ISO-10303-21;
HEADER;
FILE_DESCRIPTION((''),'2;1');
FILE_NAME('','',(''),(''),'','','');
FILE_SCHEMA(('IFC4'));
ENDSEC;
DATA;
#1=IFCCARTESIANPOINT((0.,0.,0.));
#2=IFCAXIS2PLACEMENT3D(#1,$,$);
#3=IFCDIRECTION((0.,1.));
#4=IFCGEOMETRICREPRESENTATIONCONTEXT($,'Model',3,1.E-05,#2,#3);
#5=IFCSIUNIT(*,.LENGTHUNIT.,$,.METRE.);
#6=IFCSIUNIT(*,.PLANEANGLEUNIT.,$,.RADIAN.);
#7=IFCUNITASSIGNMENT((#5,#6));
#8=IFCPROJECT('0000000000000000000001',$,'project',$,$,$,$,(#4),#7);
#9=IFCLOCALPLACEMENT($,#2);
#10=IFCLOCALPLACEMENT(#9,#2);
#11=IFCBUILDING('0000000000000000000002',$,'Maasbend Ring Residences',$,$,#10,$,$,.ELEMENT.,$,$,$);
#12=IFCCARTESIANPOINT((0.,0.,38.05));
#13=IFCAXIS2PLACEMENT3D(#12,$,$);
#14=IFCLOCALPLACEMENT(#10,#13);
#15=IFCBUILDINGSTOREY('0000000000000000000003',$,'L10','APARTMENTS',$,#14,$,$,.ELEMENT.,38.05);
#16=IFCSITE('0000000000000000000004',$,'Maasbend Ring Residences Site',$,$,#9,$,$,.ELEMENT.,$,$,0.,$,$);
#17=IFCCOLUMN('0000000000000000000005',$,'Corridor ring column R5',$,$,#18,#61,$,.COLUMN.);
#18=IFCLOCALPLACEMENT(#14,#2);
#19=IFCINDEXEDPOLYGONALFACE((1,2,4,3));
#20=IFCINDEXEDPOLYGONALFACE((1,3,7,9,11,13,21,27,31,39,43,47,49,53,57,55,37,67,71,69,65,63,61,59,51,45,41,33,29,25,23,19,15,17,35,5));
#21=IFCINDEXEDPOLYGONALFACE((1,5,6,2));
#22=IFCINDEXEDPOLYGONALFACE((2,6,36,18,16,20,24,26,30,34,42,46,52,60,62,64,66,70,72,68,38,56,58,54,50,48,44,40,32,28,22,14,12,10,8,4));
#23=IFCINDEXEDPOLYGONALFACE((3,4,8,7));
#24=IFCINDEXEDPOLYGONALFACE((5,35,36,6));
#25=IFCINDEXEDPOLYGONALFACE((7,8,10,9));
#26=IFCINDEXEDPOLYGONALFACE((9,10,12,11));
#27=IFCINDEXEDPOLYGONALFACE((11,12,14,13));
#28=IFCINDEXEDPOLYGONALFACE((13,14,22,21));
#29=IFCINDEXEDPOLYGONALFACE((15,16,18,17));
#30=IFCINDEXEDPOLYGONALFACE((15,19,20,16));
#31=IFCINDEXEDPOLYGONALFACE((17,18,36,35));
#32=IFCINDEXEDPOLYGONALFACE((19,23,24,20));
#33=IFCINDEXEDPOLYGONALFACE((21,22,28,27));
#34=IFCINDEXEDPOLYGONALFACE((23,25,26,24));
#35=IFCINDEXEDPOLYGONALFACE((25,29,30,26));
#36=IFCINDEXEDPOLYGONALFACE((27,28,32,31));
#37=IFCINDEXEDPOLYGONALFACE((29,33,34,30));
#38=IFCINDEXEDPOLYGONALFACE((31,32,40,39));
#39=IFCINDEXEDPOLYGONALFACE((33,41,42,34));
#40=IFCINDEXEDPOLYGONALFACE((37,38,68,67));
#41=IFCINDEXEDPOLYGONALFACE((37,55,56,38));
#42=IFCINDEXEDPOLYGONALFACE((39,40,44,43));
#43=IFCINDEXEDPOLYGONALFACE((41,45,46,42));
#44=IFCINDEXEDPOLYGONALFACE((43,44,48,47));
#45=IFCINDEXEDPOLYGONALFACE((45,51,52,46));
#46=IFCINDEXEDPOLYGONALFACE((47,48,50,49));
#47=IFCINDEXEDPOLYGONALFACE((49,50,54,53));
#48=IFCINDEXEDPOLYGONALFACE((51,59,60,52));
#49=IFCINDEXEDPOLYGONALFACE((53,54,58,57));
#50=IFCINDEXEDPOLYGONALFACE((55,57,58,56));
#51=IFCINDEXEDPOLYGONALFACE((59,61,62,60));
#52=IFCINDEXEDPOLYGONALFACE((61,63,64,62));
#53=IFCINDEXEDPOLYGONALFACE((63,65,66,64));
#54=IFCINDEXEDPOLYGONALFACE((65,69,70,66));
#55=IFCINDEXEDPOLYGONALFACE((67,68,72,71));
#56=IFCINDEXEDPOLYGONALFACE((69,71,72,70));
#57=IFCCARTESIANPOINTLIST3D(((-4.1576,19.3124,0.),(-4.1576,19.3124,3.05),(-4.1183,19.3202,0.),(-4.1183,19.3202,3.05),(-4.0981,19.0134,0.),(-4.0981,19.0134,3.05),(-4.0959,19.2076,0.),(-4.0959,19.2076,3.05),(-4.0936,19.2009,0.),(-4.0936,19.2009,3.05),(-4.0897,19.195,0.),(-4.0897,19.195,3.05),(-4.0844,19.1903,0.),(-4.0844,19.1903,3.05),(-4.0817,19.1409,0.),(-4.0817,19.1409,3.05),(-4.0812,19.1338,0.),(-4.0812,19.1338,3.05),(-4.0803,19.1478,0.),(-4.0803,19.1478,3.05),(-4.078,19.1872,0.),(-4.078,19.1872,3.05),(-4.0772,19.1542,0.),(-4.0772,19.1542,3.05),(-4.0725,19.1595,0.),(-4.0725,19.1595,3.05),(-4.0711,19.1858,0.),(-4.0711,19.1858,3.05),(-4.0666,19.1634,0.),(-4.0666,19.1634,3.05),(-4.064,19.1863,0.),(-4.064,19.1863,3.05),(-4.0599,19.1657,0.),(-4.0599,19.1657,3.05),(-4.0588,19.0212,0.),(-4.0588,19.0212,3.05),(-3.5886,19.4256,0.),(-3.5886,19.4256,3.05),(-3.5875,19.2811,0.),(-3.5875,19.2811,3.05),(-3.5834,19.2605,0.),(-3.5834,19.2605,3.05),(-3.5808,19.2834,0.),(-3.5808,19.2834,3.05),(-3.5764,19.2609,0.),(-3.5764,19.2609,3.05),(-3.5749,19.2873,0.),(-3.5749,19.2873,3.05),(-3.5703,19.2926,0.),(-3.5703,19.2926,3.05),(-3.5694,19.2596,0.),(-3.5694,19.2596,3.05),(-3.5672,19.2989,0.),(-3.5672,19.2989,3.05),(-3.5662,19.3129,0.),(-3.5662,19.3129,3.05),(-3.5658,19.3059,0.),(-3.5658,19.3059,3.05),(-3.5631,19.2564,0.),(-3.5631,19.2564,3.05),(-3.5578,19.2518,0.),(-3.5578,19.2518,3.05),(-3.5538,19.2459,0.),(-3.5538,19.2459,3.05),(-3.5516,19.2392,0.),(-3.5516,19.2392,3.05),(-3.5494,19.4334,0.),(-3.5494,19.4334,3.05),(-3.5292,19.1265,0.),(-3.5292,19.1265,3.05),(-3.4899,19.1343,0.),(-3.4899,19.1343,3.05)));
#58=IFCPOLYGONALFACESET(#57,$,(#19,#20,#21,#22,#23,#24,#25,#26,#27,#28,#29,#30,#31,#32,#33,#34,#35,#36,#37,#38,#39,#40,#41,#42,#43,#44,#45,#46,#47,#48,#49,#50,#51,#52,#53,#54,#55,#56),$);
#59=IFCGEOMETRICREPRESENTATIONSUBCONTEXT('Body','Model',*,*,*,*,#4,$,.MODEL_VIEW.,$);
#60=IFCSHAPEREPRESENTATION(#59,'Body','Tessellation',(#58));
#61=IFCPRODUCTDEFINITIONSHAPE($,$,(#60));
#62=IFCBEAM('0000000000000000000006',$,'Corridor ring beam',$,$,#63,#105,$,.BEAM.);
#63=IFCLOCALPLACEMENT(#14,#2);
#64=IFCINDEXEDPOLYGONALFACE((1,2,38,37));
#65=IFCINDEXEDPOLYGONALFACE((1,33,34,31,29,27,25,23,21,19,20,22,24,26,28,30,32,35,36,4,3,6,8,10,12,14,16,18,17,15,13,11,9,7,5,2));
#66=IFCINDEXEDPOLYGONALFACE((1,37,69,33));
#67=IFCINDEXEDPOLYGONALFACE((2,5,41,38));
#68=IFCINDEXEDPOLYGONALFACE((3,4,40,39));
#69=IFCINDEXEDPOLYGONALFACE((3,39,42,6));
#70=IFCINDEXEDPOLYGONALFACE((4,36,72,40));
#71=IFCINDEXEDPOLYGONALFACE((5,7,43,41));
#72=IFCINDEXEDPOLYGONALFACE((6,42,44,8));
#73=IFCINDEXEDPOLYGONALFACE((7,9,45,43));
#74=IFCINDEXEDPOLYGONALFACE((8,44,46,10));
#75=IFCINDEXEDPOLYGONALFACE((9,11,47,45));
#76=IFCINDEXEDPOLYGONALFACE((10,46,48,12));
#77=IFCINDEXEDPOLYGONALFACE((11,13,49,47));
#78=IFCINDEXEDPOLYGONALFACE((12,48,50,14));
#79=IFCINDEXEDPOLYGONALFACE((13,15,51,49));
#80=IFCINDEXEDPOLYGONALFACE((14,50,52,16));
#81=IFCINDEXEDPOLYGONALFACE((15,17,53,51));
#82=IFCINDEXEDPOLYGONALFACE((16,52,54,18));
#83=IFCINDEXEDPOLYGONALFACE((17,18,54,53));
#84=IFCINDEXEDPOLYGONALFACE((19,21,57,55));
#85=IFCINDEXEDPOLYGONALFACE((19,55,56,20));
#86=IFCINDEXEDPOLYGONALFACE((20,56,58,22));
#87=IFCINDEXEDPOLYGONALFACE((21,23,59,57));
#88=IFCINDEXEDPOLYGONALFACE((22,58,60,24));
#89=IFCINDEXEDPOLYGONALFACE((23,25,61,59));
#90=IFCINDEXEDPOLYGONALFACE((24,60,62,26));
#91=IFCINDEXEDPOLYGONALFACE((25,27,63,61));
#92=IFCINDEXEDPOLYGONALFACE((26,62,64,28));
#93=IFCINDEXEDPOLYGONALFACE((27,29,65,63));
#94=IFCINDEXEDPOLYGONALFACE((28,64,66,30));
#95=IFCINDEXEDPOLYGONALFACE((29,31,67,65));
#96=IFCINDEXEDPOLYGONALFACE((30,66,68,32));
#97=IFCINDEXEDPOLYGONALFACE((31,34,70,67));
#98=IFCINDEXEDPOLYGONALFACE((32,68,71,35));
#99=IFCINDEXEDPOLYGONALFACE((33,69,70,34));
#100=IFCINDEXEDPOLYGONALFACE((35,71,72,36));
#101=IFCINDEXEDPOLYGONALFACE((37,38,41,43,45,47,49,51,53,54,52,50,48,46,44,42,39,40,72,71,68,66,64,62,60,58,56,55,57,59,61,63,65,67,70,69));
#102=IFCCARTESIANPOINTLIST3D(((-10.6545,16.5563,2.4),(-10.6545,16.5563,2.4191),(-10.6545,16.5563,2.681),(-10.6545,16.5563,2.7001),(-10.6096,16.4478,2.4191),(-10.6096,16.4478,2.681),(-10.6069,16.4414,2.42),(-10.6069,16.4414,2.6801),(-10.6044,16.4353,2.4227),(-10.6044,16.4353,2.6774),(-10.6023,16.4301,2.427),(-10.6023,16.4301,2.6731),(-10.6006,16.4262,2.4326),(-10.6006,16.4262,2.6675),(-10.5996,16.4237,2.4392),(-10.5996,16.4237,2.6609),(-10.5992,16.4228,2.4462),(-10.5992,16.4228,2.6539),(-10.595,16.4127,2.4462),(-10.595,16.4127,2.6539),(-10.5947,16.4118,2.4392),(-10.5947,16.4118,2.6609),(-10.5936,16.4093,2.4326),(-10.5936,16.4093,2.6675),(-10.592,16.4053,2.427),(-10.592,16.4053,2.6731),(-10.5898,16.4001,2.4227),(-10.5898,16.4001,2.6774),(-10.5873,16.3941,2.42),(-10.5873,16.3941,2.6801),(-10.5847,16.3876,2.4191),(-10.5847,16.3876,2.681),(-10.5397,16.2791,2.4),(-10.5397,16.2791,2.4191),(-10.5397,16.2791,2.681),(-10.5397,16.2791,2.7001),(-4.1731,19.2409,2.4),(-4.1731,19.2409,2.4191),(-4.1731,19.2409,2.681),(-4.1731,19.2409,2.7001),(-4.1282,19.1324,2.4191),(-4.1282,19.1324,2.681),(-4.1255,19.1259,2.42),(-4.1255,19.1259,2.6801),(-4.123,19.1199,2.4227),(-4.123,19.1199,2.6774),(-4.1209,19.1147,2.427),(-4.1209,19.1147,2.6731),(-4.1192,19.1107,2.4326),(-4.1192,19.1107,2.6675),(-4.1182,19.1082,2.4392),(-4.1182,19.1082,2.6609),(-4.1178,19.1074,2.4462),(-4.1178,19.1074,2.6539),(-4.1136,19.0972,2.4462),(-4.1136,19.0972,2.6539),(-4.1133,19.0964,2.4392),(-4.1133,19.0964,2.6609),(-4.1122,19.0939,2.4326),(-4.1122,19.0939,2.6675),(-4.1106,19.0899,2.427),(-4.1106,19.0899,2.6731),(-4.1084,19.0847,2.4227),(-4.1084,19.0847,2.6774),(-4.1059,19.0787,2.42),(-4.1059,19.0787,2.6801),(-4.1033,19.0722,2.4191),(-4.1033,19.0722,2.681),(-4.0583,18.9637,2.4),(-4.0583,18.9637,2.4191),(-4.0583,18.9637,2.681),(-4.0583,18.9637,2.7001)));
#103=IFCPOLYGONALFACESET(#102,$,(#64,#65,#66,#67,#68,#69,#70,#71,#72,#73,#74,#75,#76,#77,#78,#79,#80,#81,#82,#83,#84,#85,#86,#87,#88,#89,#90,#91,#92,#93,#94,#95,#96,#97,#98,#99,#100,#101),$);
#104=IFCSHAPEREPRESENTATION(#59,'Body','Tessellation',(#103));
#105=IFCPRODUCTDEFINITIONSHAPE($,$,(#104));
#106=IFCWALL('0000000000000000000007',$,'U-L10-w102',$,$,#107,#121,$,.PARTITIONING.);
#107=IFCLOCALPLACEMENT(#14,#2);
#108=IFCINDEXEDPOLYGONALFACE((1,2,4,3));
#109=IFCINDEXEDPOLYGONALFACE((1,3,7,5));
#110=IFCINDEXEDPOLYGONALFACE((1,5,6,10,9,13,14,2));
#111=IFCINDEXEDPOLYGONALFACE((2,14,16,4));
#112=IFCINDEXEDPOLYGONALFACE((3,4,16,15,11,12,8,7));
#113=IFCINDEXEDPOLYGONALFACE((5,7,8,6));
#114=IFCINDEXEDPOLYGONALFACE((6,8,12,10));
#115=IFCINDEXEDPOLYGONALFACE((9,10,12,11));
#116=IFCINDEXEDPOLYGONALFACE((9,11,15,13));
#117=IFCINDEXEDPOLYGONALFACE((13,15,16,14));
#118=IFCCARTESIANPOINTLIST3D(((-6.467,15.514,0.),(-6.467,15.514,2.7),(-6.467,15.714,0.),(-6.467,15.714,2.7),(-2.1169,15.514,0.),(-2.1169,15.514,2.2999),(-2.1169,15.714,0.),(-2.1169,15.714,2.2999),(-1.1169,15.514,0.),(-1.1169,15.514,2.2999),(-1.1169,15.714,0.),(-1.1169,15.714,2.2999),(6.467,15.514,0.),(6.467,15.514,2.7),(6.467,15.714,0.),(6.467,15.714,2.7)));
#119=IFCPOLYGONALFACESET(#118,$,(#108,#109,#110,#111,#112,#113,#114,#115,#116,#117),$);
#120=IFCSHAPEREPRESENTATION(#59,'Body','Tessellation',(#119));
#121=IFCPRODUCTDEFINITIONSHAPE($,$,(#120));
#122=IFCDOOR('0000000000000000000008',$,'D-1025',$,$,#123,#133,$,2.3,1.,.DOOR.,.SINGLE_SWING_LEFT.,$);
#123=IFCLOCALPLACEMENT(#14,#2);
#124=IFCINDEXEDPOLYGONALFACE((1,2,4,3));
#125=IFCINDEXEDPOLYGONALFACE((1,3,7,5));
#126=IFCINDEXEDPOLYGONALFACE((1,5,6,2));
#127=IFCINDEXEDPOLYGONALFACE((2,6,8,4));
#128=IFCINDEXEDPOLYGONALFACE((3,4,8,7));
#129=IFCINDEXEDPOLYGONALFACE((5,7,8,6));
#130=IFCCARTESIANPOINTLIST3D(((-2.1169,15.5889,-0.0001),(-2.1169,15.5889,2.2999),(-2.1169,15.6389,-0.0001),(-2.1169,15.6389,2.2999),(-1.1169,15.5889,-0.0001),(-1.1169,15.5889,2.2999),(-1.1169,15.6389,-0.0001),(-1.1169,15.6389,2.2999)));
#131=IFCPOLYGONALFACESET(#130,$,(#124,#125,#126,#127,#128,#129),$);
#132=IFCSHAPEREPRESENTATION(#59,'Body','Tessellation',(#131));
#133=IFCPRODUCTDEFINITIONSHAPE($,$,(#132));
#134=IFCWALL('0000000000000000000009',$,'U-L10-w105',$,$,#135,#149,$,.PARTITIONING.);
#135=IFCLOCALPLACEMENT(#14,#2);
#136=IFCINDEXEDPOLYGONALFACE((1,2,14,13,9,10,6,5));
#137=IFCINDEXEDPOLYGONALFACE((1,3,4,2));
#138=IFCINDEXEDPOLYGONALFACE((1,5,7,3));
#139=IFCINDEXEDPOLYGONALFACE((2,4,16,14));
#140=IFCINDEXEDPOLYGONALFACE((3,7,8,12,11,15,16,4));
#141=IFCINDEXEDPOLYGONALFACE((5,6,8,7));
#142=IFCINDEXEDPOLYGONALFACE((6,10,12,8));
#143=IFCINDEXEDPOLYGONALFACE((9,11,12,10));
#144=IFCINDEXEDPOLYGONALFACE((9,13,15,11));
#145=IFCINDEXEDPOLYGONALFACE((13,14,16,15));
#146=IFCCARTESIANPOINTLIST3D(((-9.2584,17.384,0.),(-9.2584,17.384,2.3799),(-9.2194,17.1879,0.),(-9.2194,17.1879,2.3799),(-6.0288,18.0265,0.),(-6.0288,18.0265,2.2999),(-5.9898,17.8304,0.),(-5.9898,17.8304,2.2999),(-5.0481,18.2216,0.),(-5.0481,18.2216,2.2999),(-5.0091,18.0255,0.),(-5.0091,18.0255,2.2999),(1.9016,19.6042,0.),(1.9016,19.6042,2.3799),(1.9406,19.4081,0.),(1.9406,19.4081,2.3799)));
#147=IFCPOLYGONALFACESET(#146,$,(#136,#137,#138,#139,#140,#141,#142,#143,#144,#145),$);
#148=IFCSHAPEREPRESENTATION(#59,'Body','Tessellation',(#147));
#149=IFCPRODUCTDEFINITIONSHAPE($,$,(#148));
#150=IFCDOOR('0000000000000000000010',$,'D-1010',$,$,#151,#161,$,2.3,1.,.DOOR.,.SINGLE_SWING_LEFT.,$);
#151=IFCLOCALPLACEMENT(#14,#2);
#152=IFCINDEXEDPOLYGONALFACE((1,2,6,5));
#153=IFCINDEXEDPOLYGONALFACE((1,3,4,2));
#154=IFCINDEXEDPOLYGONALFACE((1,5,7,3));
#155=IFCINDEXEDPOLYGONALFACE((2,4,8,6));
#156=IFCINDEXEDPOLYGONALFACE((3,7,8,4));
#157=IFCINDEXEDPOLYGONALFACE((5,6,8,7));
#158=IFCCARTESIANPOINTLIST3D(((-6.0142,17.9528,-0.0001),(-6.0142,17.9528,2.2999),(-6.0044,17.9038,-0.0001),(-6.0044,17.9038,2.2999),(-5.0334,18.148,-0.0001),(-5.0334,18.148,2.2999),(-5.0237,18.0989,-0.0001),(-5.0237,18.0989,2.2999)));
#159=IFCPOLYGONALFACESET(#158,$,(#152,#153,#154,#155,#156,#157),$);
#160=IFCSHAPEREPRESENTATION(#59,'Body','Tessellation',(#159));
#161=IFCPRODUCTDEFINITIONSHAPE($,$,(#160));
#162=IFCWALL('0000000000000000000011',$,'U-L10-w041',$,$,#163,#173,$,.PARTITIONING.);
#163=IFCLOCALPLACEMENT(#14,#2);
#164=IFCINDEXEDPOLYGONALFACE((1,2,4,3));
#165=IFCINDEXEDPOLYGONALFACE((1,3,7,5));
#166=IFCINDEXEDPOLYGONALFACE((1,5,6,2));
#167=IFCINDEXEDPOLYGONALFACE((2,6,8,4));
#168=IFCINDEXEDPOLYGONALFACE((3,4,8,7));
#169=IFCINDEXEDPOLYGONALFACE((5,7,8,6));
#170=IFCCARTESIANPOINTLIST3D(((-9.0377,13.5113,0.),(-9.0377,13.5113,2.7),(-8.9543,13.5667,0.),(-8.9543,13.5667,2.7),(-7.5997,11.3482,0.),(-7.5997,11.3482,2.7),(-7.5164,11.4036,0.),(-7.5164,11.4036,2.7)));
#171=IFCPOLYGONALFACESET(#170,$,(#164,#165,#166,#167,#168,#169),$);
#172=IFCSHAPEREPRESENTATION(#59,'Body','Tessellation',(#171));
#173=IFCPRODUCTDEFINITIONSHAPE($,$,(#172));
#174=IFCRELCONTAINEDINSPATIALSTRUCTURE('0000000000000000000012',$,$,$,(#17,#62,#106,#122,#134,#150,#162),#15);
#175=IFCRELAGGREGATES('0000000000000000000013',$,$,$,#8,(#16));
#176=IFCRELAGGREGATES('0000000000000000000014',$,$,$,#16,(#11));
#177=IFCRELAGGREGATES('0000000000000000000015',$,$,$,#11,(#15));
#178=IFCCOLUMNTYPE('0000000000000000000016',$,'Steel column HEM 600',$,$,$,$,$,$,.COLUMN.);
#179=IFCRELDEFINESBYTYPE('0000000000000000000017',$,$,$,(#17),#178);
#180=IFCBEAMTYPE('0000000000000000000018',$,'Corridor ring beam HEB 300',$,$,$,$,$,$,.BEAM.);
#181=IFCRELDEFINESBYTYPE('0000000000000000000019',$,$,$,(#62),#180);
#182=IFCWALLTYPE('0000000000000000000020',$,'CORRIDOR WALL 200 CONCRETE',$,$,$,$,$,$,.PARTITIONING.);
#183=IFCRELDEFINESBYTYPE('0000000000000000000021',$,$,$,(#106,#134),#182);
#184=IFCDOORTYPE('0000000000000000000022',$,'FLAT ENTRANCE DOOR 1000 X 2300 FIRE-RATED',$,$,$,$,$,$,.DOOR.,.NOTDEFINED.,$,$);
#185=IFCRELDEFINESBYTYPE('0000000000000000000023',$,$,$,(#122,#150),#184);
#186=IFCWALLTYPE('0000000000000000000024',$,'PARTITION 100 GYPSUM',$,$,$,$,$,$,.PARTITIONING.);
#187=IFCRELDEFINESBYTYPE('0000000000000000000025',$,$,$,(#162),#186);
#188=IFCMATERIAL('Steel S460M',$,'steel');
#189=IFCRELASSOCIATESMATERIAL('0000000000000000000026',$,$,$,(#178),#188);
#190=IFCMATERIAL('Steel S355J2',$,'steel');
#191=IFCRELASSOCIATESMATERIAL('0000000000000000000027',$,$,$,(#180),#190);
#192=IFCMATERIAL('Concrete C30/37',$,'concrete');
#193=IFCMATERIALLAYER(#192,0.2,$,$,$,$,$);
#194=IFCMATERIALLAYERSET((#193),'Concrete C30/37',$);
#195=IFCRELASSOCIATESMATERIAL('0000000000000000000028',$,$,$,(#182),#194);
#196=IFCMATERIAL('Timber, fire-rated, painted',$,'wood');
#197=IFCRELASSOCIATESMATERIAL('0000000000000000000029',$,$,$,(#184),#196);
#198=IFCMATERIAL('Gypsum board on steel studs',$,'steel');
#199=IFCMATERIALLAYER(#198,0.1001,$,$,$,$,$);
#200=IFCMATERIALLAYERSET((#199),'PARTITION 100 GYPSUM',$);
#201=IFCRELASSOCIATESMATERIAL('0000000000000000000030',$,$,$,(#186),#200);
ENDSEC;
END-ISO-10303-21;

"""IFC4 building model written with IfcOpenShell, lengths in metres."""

from ifc_helpers import new_model, si_unit, direction, frame, frame_2d, origin, origin_2d, place, context, subcontext, project, spatial, rectangle, i_section, extrude, material, layer, layer_set, material_profile, profile_set, type_object, element, fill, save


model = new_model("IFC4")

# Units and contexts
model_context = context("Model", 3, precision=1e-05, world=origin(), true_north=direction((0.0, 1.0)))
body_context = subcontext(model_context, "Body", "Model", "MODEL_VIEW")
ifc_project = project(units=[si_unit("LENGTHUNIT", "METRE"), si_unit("PLANEANGLEUNIT", "RADIAN")], contexts=[model_context])

# Site, building, storey
site_placement = place(None, origin())
site = spatial("IfcSite", under=ifc_project, at=site_placement, Name="Maasbend Ring Residences Site", CompositionType="ELEMENT", RefElevation=0.0)
building_placement = place(site_placement, origin())
building = spatial("IfcBuilding", under=site, at=building_placement, Name="Maasbend Ring Residences", CompositionType="ELEMENT")
storey_placement = place(building_placement, frame((0.0, 0.0, 38.05)))
storey = spatial("IfcBuildingStorey", under=building, at=storey_placement, Name="L10", Description="APARTMENTS", CompositionType="ELEMENT", Elevation=38.05)

# Column
ifc_material_1 = material(Name="Steel S460M", Category="steel")
ifc_material_profile_1 = material_profile(ifc_material_1, i_section(OverallWidth=0.3049, OverallDepth=0.6201, WebThickness=0.021, FlangeThickness=0.04, FilletRadius=0.0271, at=origin_2d()), Name="HEM 600")
ifc_profile_set_1 = profile_set([ifc_material_profile_1], Name="Steel S460M")
column_type = type_object("IfcColumnType", Name="Steel column HEM 600", PredefinedType="COLUMN", material=ifc_profile_set_1)
column_placement = place(storey_placement, frame((-3.8237, 19.2234, 0.0), z_axis=(0.0, 0.0, 1.0), x_axis=(-0.19509, 0.980785, 0.0)))
element("IfcColumn", 1, at=column_placement, inside=storey, type_object=column_type, Name="Corridor ring column R5", PredefinedType="COLUMN", context=body_context, shape_type="SweptSolid", body=[
    extrude(i_section(OverallWidth=0.3049, OverallDepth=0.6201, WebThickness=0.021, FlangeThickness=0.04, FilletRadius=0.0271, at=origin_2d()), origin(), (0.0, 0.0, 1.0), 3.05),
])

# Beam
ifc_material_2 = material(Name="Steel S355J2", Category="steel")
ifc_material_profile_2 = material_profile(ifc_material_2, i_section(OverallWidth=0.3, OverallDepth=0.3, WebThickness=0.011, FlangeThickness=0.019, FilletRadius=0.0271, at=origin_2d()), Name="HEB 300")
ifc_profile_set_2 = profile_set([ifc_material_profile_2], Name="Steel S355J2")
beam_type = type_object("IfcBeamType", Name="Corridor ring beam HEB 300", PredefinedType="BEAM", material=ifc_profile_set_2)
beam_placement = place(storey_placement, frame((-4.1157, 19.1023, 2.55), z_axis=(-0.923886, -0.382667, 0.0), x_axis=(0.382667, -0.923886, 0.0)))
element("IfcBeam", 2, at=beam_placement, inside=storey, type_object=beam_type, Name="Corridor ring beam", PredefinedType="BEAM", context=body_context, shape_type="SweptSolid", body=[
    extrude(i_section(OverallWidth=0.3, OverallDepth=0.3, WebThickness=0.011, FlangeThickness=0.019, FilletRadius=0.0271, at=origin_2d()), origin(), (0.0, 0.0, 1.0), 7.0154),
])

# Walls, openings, doors
ifc_material_3 = material(Name="Concrete C30/37", Category="concrete")
ifc_layer_1 = layer(ifc_material_3, 0.2)
ifc_layer_set_1 = layer_set([ifc_layer_1], Name="Concrete C30/37")
wall_type_1 = type_object("IfcWallType", Name="CORRIDOR WALL 200 CONCRETE", PredefinedType="PARTITIONING", material=ifc_layer_set_1)
wall_1_placement = place(storey_placement, frame((-6.467, 15.614, 0.0), z_axis=(0.0, 0.0, 1.0), x_axis=(1.0, 0.0, 0.0)))
wall_1 = element("IfcWall", 3, at=wall_1_placement, inside=storey, type_object=wall_type_1, Name="U-L10-w102", PredefinedType="PARTITIONING", context=body_context, shape_type="SweptSolid", body=[
    extrude(rectangle(XDim=12.9341, YDim=0.2, at=frame_2d((6.467, 0.0))), origin(), (0.0, 0.0, 1.0), 2.7),
])
opening_1_placement = place(wall_1_placement, frame((4.3501, 0.0, 0.0)))
opening_1 = element("IfcOpeningElement", 4, at=opening_1_placement, cuts=wall_1, PredefinedType="OPENING", context=body_context, shape_type="SweptSolid", body=[
    extrude(rectangle(XDim=1.0, YDim=2.3, at=frame_2d((0.5, 1.1499))), frame((0.0, 0.1099, 0.0), z_axis=(0.0, -1.0, 0.0), x_axis=(1.0, 0.0, 0.0)), (0.0, 0.0, 1.0), 0.22),
])
ifc_material_4 = material(Name="Timber, fire-rated, painted", Category="wood")
door_type_1 = type_object("IfcDoorType", Name="FLAT ENTRANCE DOOR 1000 X 2300 FIRE-RATED", OperationType="NOTDEFINED", PredefinedType="DOOR", material=ifc_material_4)
door_1_placement = place(opening_1_placement, origin())
door_1 = element("IfcDoor", 5, at=door_1_placement, inside=storey, type_object=door_type_1, Name="D-1025", OperationType="SINGLE_SWING_LEFT", OverallHeight=2.3, OverallWidth=1.0, PredefinedType="DOOR", context=body_context, shape_type="SweptSolid", body=[
    extrude(rectangle(XDim=1.0, YDim=2.3, at=frame_2d((0.5, 1.1499))), frame((0.0, 0.0249, 0.0), z_axis=(0.0, -1.0, 0.0), x_axis=(1.0, 0.0, 0.0)), (0.0, 0.0, 1.0), 0.05),
])
fill(opening_1, door_1)
wall_2_placement = place(storey_placement, frame((-9.239, 17.2859, 0.0), z_axis=(0.0, 0.0, 1.0), x_axis=(0.980779, 0.195122, 0.0)))
wall_2 = element("IfcWall", 6, at=wall_2_placement, inside=storey, type_object=wall_type_1, Name="U-L10-w105", PredefinedType="PARTITIONING", context=body_context, shape_type="SweptSolid", body=[
    extrude(rectangle(XDim=11.3787, YDim=0.2, at=frame_2d((5.6895, 0.0))), origin(), (0.0, 0.0, 1.0), 2.3799),
])
opening_2_placement = place(wall_2_placement, frame((3.293, 0.0, 0.0)))
opening_2 = element("IfcOpeningElement", 7, at=opening_2_placement, cuts=wall_2, PredefinedType="OPENING", context=body_context, shape_type="SweptSolid", body=[
    extrude(rectangle(XDim=1.0, YDim=2.3, at=frame_2d((0.5, 1.1499))), frame((0.0, 0.1099, 0.0), z_axis=(0.0, -1.0, 0.0), x_axis=(1.0, 0.0, 0.0)), (0.0, 0.0, 1.0), 0.22),
])
door_2_placement = place(opening_2_placement, origin())
door_2 = element("IfcDoor", 8, at=door_2_placement, inside=storey, type_object=door_type_1, Name="D-1010", OperationType="SINGLE_SWING_LEFT", OverallHeight=2.3, OverallWidth=1.0, PredefinedType="DOOR", context=body_context, shape_type="SweptSolid", body=[
    extrude(rectangle(XDim=1.0, YDim=2.3, at=frame_2d((0.5, 1.1499))), frame((0.0, 0.0249, 0.0), z_axis=(0.0, -1.0, 0.0), x_axis=(1.0, 0.0, 0.0)), (0.0, 0.0, 1.0), 0.05),
])
fill(opening_2, door_2)

# Wall
ifc_material_5 = material(Name="Gypsum board on steel studs", Category="steel")
ifc_layer_2 = layer(ifc_material_5, 0.1001)
ifc_layer_set_2 = layer_set([ifc_layer_2], Name="PARTITION 100 GYPSUM")
wall_type_2 = type_object("IfcWallType", Name="PARTITION 100 GYPSUM", PredefinedType="PARTITIONING", material=ifc_layer_set_2)
wall_3_placement = place(storey_placement, frame((-8.9961, 13.5391, 0.0), z_axis=(0.0, 0.0, 1.0), x_axis=(0.553615, -0.832773, 0.0)))
element("IfcWall", 9, at=wall_3_placement, inside=storey, type_object=wall_type_2, Name="U-L10-w041", PredefinedType="PARTITIONING", context=body_context, shape_type="SweptSolid", body=[
    extrude(rectangle(XDim=2.5974, YDim=0.1001, at=frame_2d((1.2988, 0.0))), origin(), (0.0, 0.0, 1.0), 2.7),
])

save(model, "model.ifc")
